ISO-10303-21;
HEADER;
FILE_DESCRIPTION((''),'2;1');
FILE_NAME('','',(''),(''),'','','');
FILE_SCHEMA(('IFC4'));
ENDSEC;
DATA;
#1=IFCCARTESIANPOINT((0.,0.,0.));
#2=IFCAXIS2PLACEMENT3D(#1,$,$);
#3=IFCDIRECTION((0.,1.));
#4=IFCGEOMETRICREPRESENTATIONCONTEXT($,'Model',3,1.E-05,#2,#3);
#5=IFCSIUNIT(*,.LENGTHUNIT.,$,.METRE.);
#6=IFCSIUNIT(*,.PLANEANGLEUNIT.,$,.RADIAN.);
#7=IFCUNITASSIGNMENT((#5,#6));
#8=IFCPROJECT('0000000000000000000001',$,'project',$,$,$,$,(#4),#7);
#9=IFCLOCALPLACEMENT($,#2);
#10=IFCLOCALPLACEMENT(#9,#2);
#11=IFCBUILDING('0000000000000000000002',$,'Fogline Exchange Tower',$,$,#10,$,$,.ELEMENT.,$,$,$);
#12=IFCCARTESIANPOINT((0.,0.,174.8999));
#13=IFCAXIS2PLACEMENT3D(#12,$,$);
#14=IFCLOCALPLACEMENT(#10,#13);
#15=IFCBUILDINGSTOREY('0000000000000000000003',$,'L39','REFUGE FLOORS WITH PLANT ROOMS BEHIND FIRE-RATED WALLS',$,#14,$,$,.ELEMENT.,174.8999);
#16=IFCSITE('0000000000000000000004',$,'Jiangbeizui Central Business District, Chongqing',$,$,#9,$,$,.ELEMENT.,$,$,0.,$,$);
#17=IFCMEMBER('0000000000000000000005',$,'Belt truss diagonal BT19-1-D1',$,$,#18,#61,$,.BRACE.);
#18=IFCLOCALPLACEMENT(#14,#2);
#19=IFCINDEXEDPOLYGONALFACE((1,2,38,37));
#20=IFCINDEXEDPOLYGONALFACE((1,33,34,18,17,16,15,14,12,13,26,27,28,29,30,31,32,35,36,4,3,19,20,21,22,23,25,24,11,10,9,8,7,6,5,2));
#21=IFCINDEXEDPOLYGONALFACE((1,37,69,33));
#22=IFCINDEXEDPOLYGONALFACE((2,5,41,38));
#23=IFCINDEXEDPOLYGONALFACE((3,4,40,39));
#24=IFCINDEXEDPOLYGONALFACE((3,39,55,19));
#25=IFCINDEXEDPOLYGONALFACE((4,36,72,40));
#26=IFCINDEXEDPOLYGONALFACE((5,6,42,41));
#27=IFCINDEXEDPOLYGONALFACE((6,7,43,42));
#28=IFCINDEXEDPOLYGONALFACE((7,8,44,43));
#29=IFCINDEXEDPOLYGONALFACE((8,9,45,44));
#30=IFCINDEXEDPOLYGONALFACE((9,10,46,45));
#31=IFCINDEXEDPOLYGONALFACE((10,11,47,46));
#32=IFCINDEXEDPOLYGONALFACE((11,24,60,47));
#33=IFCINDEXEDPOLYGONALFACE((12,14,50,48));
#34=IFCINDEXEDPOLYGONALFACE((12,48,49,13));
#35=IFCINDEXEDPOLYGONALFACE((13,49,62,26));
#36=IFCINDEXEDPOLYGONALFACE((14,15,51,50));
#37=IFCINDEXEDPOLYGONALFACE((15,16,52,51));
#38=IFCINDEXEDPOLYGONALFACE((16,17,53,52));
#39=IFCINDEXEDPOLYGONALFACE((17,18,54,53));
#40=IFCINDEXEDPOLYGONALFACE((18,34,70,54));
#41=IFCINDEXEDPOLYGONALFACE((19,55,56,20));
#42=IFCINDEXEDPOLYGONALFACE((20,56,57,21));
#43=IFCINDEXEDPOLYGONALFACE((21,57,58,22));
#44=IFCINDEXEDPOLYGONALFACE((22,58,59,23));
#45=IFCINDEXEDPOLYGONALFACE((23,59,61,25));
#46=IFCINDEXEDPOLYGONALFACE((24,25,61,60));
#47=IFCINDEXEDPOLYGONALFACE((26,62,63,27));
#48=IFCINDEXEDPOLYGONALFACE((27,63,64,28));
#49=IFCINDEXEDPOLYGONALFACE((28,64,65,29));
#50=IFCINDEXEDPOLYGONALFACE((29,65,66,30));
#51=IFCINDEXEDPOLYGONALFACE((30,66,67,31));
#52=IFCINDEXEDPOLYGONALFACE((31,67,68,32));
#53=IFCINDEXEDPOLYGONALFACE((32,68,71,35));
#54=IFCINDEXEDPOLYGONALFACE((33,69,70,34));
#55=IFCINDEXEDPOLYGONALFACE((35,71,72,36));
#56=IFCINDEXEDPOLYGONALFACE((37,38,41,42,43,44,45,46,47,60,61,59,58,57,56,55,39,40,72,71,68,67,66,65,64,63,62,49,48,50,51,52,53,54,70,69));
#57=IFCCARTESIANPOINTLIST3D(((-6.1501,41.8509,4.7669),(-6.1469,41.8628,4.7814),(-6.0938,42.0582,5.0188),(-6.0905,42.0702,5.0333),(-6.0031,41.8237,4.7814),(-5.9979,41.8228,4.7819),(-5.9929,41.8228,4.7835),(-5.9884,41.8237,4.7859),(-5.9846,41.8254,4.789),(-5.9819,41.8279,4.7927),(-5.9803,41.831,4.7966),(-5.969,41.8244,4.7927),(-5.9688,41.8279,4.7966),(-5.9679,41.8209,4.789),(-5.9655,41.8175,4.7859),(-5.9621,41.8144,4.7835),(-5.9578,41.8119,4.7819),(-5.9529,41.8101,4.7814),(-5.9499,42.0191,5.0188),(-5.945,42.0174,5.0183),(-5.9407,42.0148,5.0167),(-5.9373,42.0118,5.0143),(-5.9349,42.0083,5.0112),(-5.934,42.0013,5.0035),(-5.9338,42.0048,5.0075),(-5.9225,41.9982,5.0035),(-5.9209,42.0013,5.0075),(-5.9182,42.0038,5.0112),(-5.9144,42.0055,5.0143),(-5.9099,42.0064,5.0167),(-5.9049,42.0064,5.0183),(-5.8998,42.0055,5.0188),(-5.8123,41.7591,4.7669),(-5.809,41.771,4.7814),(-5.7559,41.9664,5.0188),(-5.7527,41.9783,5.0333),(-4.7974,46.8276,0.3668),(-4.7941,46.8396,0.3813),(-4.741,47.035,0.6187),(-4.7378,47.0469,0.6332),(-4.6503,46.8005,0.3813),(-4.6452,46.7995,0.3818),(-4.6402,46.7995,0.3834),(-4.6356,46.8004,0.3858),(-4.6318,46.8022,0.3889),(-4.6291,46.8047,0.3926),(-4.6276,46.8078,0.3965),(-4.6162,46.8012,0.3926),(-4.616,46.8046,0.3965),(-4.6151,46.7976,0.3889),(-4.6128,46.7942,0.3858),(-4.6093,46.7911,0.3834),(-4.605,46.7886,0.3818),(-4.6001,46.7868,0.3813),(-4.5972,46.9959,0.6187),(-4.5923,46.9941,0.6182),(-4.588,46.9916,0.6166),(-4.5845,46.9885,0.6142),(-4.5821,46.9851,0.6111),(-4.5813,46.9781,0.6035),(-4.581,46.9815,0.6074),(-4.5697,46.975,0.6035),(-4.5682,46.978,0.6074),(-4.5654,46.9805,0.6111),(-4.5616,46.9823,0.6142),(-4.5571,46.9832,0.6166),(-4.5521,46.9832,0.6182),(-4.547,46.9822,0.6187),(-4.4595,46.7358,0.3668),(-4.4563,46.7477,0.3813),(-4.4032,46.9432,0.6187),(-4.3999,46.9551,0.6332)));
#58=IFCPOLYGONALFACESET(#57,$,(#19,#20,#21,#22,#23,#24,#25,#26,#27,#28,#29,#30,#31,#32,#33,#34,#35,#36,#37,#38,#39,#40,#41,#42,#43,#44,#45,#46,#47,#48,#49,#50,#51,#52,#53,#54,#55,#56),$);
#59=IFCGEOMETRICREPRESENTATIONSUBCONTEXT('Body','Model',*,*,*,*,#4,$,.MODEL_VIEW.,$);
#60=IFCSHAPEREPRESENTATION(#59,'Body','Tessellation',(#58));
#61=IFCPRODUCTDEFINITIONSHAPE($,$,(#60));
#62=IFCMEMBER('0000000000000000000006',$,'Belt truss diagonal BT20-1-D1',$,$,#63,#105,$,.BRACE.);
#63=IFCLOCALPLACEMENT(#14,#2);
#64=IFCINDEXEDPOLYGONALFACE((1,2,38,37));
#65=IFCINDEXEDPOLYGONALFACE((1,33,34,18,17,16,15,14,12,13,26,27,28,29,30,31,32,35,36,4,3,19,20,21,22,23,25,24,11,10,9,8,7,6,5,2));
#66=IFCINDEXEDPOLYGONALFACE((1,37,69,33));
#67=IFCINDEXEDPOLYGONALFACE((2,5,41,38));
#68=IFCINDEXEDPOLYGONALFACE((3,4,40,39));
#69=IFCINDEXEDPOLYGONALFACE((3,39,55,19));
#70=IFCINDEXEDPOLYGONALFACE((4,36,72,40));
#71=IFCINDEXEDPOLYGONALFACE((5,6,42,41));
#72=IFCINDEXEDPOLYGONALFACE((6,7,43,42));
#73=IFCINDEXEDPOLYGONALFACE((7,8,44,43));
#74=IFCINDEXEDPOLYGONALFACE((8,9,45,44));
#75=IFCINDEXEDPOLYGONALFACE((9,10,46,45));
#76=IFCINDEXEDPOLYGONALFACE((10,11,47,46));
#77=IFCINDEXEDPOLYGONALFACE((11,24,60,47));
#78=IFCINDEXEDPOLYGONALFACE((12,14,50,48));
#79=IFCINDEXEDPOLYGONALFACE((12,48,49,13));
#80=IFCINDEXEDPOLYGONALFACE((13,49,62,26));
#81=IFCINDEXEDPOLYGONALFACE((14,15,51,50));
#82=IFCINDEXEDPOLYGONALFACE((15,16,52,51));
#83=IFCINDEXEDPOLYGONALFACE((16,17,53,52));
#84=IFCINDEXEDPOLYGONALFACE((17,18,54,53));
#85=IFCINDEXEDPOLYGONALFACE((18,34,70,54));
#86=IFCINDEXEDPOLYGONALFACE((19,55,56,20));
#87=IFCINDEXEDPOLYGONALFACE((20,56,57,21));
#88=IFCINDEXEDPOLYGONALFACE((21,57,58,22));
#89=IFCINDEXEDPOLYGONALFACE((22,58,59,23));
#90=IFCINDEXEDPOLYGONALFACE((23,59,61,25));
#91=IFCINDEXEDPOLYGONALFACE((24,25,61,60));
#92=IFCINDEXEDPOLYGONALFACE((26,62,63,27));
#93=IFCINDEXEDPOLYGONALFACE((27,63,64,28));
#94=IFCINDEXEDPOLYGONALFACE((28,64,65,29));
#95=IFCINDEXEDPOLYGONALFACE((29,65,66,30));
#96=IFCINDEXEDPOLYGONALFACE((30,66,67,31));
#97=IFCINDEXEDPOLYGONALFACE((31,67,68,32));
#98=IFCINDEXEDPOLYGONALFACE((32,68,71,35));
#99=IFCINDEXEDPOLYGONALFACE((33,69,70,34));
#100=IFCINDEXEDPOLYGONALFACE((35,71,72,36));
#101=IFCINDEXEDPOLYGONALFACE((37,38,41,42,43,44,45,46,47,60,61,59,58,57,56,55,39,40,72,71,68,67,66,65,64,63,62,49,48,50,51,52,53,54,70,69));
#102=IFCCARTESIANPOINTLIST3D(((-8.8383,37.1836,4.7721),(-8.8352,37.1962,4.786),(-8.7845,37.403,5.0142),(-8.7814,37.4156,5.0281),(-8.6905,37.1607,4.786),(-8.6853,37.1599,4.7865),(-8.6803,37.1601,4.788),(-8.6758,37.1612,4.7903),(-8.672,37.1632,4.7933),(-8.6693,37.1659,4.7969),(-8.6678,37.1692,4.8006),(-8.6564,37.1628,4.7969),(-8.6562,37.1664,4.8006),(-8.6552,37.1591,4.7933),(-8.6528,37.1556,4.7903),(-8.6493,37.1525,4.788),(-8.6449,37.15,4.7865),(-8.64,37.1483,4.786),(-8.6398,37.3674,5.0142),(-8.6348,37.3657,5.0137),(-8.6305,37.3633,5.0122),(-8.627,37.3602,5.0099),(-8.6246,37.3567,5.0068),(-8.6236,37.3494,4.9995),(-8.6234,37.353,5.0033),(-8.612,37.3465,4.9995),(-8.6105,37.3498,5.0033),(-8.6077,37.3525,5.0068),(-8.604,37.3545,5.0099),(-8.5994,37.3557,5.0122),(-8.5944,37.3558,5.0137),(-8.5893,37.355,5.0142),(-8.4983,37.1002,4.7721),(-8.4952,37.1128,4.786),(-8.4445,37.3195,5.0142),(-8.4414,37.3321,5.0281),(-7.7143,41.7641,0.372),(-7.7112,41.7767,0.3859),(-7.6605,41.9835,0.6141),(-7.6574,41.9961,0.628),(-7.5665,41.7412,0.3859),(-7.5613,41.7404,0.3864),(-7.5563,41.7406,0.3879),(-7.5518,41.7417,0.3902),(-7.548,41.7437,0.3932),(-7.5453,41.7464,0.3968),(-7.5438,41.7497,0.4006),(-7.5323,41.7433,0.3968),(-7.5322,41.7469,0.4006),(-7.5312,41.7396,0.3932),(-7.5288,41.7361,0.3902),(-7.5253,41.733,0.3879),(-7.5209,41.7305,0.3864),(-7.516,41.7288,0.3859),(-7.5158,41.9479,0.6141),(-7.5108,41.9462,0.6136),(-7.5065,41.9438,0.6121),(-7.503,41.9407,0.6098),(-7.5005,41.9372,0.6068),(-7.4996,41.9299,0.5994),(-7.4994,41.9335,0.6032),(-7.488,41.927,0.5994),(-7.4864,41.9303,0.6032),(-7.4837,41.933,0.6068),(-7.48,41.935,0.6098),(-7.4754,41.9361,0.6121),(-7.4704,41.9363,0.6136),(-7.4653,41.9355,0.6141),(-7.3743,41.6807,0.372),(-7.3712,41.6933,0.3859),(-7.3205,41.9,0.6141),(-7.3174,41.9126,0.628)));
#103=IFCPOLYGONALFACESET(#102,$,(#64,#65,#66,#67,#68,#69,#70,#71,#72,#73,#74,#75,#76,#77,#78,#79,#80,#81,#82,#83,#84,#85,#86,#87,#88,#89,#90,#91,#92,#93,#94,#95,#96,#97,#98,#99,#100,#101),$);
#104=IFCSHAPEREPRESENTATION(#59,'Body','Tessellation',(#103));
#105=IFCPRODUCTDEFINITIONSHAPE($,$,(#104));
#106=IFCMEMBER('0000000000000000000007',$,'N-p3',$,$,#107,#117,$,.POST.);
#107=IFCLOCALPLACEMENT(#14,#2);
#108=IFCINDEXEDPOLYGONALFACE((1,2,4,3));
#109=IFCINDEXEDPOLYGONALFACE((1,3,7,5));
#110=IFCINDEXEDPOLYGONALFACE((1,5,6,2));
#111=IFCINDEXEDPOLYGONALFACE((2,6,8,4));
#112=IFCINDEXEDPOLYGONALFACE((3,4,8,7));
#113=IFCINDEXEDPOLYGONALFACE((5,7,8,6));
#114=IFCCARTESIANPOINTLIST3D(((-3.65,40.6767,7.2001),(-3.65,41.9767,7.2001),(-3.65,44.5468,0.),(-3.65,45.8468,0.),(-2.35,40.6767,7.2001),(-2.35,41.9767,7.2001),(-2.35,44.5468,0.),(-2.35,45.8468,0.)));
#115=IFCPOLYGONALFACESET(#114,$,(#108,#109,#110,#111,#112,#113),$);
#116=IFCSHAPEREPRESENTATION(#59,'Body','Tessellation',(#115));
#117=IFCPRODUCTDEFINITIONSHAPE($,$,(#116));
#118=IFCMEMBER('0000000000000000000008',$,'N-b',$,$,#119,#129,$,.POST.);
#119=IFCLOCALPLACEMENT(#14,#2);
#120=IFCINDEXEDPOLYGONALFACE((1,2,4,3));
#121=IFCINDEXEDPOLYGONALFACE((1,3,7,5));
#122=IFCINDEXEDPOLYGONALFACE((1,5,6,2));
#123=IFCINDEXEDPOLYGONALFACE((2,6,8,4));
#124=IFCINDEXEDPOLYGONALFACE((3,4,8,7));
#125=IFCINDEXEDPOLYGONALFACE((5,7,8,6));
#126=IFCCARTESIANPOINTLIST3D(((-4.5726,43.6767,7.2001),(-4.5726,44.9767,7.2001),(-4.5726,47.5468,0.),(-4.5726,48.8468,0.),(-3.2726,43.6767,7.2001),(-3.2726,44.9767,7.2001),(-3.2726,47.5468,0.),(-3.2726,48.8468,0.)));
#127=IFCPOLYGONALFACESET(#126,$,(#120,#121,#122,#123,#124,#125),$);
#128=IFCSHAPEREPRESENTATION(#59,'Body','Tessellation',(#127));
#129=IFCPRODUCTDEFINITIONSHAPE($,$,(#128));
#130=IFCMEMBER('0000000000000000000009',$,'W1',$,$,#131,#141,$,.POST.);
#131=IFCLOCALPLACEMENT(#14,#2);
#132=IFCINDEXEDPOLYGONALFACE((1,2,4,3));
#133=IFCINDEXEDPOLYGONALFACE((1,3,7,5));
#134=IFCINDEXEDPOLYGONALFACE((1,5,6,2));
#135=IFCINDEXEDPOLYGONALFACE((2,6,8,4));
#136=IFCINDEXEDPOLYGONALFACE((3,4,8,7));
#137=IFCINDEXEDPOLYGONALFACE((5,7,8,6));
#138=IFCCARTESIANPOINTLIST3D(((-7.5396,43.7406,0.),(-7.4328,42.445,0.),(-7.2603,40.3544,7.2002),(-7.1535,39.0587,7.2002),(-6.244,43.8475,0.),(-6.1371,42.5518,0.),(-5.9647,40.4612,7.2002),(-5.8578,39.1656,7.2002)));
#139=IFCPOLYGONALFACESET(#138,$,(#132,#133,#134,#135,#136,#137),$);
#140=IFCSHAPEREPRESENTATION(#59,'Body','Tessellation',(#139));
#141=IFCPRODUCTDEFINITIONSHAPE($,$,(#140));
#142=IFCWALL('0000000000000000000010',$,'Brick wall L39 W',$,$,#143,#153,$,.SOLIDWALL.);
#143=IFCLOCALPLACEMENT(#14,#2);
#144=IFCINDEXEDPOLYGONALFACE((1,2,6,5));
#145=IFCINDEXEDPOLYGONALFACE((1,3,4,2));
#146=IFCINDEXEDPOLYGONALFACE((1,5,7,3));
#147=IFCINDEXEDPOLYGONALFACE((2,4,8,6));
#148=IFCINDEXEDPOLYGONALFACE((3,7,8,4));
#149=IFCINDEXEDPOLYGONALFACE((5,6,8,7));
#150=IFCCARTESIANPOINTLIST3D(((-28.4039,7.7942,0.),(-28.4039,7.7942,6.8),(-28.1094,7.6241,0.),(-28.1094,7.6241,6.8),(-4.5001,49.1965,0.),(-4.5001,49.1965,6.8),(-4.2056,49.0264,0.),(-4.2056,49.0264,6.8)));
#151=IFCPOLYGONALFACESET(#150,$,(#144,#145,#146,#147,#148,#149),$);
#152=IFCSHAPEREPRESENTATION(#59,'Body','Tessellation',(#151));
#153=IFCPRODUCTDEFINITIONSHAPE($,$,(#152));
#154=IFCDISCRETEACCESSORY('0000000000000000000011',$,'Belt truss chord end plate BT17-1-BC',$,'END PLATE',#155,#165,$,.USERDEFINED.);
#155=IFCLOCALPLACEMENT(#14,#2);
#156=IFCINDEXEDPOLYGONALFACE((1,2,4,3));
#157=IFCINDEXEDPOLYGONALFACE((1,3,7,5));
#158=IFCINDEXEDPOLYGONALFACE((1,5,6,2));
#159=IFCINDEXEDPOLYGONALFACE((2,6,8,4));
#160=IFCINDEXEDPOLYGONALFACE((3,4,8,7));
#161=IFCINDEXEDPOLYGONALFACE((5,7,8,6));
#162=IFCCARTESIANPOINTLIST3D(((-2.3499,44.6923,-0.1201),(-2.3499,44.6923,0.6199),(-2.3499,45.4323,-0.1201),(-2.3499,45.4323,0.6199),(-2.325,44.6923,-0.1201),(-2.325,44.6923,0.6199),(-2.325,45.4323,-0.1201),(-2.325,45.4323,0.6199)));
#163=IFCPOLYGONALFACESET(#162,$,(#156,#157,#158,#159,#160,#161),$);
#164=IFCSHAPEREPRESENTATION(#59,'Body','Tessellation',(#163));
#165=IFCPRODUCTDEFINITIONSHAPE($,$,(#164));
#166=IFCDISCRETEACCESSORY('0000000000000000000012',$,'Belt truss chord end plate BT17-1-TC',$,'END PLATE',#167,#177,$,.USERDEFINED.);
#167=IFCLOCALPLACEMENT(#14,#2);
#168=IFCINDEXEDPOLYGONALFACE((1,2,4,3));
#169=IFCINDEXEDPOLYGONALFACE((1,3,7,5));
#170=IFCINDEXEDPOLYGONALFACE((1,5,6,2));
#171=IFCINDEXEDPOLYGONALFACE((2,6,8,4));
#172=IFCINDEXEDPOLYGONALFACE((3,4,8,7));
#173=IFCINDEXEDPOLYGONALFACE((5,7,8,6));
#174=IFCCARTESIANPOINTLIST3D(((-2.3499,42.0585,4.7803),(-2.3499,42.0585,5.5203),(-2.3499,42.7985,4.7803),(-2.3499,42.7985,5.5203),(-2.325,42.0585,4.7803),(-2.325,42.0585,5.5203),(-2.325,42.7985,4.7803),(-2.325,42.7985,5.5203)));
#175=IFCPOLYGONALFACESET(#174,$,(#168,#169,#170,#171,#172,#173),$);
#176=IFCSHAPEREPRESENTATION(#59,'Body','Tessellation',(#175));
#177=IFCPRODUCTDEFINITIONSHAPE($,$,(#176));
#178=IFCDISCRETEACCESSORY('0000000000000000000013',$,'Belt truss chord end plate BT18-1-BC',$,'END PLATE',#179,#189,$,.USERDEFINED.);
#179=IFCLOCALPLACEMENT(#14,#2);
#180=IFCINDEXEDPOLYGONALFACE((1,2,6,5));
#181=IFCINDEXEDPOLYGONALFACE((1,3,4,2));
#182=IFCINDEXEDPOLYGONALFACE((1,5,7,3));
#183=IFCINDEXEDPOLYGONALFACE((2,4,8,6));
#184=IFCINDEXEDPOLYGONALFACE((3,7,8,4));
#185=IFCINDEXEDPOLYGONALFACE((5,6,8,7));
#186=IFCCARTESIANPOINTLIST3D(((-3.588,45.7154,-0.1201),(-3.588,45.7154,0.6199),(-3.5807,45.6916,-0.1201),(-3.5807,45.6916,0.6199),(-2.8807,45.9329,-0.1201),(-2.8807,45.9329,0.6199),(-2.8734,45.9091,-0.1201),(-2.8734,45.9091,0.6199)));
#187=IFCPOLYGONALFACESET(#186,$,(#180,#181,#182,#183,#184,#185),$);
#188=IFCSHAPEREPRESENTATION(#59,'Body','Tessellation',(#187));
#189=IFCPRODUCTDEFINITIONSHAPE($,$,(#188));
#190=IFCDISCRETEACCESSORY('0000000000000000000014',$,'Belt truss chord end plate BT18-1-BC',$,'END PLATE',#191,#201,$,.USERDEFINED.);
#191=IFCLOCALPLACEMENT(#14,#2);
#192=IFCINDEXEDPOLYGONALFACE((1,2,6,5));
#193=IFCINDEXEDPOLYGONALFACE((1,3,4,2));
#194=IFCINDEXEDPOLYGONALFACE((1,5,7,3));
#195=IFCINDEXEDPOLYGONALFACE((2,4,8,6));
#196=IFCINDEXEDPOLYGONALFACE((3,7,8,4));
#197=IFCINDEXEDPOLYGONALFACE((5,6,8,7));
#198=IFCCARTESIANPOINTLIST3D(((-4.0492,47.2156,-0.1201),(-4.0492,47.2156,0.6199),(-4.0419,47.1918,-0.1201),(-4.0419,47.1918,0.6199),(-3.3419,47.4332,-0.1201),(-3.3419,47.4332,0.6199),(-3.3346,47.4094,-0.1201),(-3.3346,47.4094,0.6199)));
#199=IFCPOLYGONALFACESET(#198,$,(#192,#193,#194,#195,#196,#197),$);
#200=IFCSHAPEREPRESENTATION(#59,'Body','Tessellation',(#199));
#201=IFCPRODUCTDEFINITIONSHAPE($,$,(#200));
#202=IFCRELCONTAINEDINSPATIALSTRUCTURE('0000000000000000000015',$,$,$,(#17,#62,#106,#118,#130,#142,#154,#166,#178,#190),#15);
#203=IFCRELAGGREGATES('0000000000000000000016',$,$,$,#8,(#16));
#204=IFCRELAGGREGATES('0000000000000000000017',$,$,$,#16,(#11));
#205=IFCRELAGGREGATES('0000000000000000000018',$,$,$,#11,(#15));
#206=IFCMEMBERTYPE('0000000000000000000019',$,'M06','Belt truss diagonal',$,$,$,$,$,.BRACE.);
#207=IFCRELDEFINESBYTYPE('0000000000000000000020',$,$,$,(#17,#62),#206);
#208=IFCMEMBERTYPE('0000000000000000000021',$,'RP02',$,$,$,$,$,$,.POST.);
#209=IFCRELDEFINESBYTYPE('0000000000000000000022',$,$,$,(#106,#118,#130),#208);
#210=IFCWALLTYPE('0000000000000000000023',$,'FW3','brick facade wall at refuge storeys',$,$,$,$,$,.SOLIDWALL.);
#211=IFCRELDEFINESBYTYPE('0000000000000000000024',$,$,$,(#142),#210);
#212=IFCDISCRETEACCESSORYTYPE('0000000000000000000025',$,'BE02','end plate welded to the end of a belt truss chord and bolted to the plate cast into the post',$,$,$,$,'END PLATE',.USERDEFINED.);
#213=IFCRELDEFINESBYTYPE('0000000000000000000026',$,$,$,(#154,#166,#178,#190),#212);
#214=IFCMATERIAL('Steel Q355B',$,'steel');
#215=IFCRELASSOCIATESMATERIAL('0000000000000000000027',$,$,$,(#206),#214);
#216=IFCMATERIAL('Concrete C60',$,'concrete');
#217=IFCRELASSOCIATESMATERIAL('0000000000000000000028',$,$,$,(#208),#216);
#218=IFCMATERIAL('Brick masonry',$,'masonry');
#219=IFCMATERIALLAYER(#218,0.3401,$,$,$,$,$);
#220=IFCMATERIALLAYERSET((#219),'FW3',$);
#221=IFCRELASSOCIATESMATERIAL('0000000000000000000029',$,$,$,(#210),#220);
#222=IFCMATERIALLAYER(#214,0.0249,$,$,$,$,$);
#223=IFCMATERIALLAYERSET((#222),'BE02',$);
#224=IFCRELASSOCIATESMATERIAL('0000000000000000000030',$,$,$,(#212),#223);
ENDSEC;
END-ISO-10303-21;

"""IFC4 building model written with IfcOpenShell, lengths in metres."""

from ifc_helpers import new_model, si_unit, direction, frame, frame_2d, origin, origin_2d, place, context, subcontext, project, spatial, rectangle, i_section, extrude, material, layer, layer_set, material_profile, profile_set, type_object, element, save


model = new_model("IFC4")

# Units and contexts
model_context = context("Model", 3, precision=1e-05, world=origin(), true_north=direction((0.0, 1.0)))
body_context = subcontext(model_context, "Body", "Model", "MODEL_VIEW")
ifc_project = project(units=[si_unit("LENGTHUNIT", "METRE"), si_unit("PLANEANGLEUNIT", "RADIAN")], contexts=[model_context])

# Site, building, storey
site_placement = place(None, origin())
site = spatial("IfcSite", under=ifc_project, at=site_placement, Name="Jiangbeizui Central Business District, Chongqing", CompositionType="ELEMENT", RefElevation=0.0)
building_placement = place(site_placement, origin())
building = spatial("IfcBuilding", under=site, at=building_placement, Name="Fogline Exchange Tower", CompositionType="ELEMENT")
storey_placement = place(building_placement, frame((0.0, 0.0, 174.8999)))
storey = spatial("IfcBuildingStorey", under=building, at=storey_placement, Name="L39", Description="REFUGE FLOORS WITH PLANT ROOMS BEHIND FIRE-RATED WALLS", CompositionType="ELEMENT", Elevation=174.8999)

# Members
ifc_material_1 = material(Name="Steel Q355B", Category="steel")
ifc_material_profile_1 = material_profile(ifc_material_1, i_section(OverallWidth=0.3501, OverallDepth=0.3501, WebThickness=0.012, FlangeThickness=0.019, FilletRadius=0.02, at=origin_2d()), Name="HW350X350X12X19")
ifc_profile_set_1 = profile_set([ifc_material_profile_1], Name="Steel Q355B")
member_type_1 = type_object("IfcMemberType", Name="M06", Description="Belt truss diagonal", PredefinedType="BRACE", material=ifc_profile_set_1)
member_1_placement = place(storey_placement, frame((-4.5986, 46.8914, 0.5), z_axis=(-0.199544, -0.73411, 0.649049), x_axis=(0.964986, -0.2623, 0.0)))
element("IfcMember", 1, at=member_1_placement, inside=storey, type_object=member_type_1, Name="Belt truss diagonal BT19-1-D1", PredefinedType="BRACE", context=body_context, shape_type="SweptSolid", body=[
    extrude(i_section(OverallWidth=0.3501, OverallDepth=0.3501, WebThickness=0.012, FlangeThickness=0.019, FilletRadius=0.02, at=origin_2d()), origin(), (0.0, 0.0, 1.0), 6.7793),
])
member_2_placement = place(storey_placement, frame((-7.5159, 41.8384, 0.5), z_axis=(-0.174259, -0.710133, 0.682162), x_axis=(0.971187, -0.238319, 0.0)))
element("IfcMember", 2, at=member_2_placement, inside=storey, type_object=member_type_1, Name="Belt truss diagonal BT20-1-D1", PredefinedType="BRACE", context=body_context, shape_type="SweptSolid", body=[
    extrude(i_section(OverallWidth=0.3501, OverallDepth=0.3501, WebThickness=0.012, FlangeThickness=0.019, FilletRadius=0.02, at=origin_2d()), origin(), (0.0, 0.0, 1.0), 6.4502),
])
ifc_material_2 = material(Name="Concrete C60", Category="concrete")
ifc_material_profile_2 = material_profile(ifc_material_2, rectangle(XDim=1.3, YDim=1.3, at=origin_2d()), Name="RC 1300x1300")
ifc_profile_set_2 = profile_set([ifc_material_profile_2], Name="Concrete C60")
member_type_2 = type_object("IfcMemberType", Name="RP02", PredefinedType="POST", material=ifc_profile_set_2)
for number, where, z_axis, x_axis, name in (
    (3, (-3.0, 45.1968, 0.0), (0.0, 0.0, 1.0), (1.0, 0.0, 0.0), "N-p3"),
    (4, (-3.9226, 48.1968, 0.0), (0.0, 0.0, 1.0), (1.0, 0.0, 0.0), "N-b"),
):
    element("IfcMember", number, at=place(storey_placement, frame(where, z_axis=z_axis, x_axis=x_axis)), inside=storey, type_object=member_type_2, Name=name, PredefinedType="POST", context=body_context, shape_type="SweptSolid", body=[
        extrude(rectangle(XDim=1.3, YDim=1.3, at=origin_2d()), origin(), (0.0, -0.473444, 0.880824), 8.1743),
    ])
member_3_placement = place(storey_placement, frame((-6.8384, 43.1462, 0.0), z_axis=(0.0, 0.0, 1.0), x_axis=(0.996616, 0.082201, 0.0)))
element("IfcMember", 5, at=member_3_placement, inside=storey, type_object=member_type_2, Name="W1", PredefinedType="POST", context=body_context, shape_type="SweptSolid", body=[
    extrude(rectangle(XDim=1.3, YDim=1.3, at=origin_2d()), origin(), (0.0, -0.426764, 0.904363), 7.9617),
])

# Wall
ifc_material_3 = material(Name="Brick masonry", Category="masonry")
ifc_layer_1 = layer(ifc_material_3, 0.3401)
ifc_layer_set_1 = layer_set([ifc_layer_1], Name="FW3")
wall_type = type_object("IfcWallType", Name="FW3", Description="brick facade wall at refuge storeys", PredefinedType="SOLIDWALL", material=ifc_layer_set_1)
wall_placement = place(storey_placement, frame((-4.3528, 49.1116, 0.0), z_axis=(0.0, 0.0, 1.0), x_axis=(-0.500002, -0.866024, 0.0)))
element("IfcWall", 6, at=wall_placement, inside=storey, type_object=wall_type, Name="Brick wall L39 W", PredefinedType="SOLIDWALL", context=body_context, shape_type="SweptSolid", body=[
    extrude(rectangle(XDim=47.8074, YDim=0.3401, at=frame_2d((23.9038, 0.0))), origin(), (0.0, 0.0, 1.0), 6.8),
])

# Discrete accessories
ifc_layer_2 = layer(ifc_material_1, 0.0249)
ifc_layer_set_2 = layer_set([ifc_layer_2], Name="BE02")
discrete_accessory_type = type_object("IfcDiscreteAccessoryType", Name="BE02", Description="end plate welded to the end of a belt truss chord and bolted to the plate cast into the post", ElementType="END PLATE", PredefinedType="USERDEFINED", material=ifc_layer_set_2)
for number, where, z_axis, x_axis, name in (
    (7, (-2.3374, 45.0623, -0.1201), (0.0, 0.0, 1.0), (-1.0, 0.0, 0.0), "Belt truss chord end plate BT17-1-BC"),
    (8, (-2.3374, 42.4285, 4.7803), (0.0, 0.0, 1.0), (-1.0, 0.0, 0.0), "Belt truss chord end plate BT17-1-TC"),
    (9, (-3.2307, 45.8123, -0.1201), (0.0, 0.0, 1.0), (0.293962, -0.955817, 0.0), "Belt truss chord end plate BT18-1-BC"),
    (10, (-3.6919, 47.3125, -0.1201), (0.0, 0.0, 1.0), (-0.293962, 0.955817, 0.0), "Belt truss chord end plate BT18-1-BC"),
):
    element("IfcDiscreteAccessory", number, at=place(storey_placement, frame(where, z_axis=z_axis, x_axis=x_axis)), inside=storey, type_object=discrete_accessory_type, Name=name, ObjectType="END PLATE", PredefinedType="USERDEFINED", context=body_context, shape_type="SweptSolid", body=[
        extrude(rectangle(XDim=0.0249, YDim=0.74, at=origin_2d()), origin(), (0.0, 0.0, 1.0), 0.74),
    ])

save(model, "model.ifc")
